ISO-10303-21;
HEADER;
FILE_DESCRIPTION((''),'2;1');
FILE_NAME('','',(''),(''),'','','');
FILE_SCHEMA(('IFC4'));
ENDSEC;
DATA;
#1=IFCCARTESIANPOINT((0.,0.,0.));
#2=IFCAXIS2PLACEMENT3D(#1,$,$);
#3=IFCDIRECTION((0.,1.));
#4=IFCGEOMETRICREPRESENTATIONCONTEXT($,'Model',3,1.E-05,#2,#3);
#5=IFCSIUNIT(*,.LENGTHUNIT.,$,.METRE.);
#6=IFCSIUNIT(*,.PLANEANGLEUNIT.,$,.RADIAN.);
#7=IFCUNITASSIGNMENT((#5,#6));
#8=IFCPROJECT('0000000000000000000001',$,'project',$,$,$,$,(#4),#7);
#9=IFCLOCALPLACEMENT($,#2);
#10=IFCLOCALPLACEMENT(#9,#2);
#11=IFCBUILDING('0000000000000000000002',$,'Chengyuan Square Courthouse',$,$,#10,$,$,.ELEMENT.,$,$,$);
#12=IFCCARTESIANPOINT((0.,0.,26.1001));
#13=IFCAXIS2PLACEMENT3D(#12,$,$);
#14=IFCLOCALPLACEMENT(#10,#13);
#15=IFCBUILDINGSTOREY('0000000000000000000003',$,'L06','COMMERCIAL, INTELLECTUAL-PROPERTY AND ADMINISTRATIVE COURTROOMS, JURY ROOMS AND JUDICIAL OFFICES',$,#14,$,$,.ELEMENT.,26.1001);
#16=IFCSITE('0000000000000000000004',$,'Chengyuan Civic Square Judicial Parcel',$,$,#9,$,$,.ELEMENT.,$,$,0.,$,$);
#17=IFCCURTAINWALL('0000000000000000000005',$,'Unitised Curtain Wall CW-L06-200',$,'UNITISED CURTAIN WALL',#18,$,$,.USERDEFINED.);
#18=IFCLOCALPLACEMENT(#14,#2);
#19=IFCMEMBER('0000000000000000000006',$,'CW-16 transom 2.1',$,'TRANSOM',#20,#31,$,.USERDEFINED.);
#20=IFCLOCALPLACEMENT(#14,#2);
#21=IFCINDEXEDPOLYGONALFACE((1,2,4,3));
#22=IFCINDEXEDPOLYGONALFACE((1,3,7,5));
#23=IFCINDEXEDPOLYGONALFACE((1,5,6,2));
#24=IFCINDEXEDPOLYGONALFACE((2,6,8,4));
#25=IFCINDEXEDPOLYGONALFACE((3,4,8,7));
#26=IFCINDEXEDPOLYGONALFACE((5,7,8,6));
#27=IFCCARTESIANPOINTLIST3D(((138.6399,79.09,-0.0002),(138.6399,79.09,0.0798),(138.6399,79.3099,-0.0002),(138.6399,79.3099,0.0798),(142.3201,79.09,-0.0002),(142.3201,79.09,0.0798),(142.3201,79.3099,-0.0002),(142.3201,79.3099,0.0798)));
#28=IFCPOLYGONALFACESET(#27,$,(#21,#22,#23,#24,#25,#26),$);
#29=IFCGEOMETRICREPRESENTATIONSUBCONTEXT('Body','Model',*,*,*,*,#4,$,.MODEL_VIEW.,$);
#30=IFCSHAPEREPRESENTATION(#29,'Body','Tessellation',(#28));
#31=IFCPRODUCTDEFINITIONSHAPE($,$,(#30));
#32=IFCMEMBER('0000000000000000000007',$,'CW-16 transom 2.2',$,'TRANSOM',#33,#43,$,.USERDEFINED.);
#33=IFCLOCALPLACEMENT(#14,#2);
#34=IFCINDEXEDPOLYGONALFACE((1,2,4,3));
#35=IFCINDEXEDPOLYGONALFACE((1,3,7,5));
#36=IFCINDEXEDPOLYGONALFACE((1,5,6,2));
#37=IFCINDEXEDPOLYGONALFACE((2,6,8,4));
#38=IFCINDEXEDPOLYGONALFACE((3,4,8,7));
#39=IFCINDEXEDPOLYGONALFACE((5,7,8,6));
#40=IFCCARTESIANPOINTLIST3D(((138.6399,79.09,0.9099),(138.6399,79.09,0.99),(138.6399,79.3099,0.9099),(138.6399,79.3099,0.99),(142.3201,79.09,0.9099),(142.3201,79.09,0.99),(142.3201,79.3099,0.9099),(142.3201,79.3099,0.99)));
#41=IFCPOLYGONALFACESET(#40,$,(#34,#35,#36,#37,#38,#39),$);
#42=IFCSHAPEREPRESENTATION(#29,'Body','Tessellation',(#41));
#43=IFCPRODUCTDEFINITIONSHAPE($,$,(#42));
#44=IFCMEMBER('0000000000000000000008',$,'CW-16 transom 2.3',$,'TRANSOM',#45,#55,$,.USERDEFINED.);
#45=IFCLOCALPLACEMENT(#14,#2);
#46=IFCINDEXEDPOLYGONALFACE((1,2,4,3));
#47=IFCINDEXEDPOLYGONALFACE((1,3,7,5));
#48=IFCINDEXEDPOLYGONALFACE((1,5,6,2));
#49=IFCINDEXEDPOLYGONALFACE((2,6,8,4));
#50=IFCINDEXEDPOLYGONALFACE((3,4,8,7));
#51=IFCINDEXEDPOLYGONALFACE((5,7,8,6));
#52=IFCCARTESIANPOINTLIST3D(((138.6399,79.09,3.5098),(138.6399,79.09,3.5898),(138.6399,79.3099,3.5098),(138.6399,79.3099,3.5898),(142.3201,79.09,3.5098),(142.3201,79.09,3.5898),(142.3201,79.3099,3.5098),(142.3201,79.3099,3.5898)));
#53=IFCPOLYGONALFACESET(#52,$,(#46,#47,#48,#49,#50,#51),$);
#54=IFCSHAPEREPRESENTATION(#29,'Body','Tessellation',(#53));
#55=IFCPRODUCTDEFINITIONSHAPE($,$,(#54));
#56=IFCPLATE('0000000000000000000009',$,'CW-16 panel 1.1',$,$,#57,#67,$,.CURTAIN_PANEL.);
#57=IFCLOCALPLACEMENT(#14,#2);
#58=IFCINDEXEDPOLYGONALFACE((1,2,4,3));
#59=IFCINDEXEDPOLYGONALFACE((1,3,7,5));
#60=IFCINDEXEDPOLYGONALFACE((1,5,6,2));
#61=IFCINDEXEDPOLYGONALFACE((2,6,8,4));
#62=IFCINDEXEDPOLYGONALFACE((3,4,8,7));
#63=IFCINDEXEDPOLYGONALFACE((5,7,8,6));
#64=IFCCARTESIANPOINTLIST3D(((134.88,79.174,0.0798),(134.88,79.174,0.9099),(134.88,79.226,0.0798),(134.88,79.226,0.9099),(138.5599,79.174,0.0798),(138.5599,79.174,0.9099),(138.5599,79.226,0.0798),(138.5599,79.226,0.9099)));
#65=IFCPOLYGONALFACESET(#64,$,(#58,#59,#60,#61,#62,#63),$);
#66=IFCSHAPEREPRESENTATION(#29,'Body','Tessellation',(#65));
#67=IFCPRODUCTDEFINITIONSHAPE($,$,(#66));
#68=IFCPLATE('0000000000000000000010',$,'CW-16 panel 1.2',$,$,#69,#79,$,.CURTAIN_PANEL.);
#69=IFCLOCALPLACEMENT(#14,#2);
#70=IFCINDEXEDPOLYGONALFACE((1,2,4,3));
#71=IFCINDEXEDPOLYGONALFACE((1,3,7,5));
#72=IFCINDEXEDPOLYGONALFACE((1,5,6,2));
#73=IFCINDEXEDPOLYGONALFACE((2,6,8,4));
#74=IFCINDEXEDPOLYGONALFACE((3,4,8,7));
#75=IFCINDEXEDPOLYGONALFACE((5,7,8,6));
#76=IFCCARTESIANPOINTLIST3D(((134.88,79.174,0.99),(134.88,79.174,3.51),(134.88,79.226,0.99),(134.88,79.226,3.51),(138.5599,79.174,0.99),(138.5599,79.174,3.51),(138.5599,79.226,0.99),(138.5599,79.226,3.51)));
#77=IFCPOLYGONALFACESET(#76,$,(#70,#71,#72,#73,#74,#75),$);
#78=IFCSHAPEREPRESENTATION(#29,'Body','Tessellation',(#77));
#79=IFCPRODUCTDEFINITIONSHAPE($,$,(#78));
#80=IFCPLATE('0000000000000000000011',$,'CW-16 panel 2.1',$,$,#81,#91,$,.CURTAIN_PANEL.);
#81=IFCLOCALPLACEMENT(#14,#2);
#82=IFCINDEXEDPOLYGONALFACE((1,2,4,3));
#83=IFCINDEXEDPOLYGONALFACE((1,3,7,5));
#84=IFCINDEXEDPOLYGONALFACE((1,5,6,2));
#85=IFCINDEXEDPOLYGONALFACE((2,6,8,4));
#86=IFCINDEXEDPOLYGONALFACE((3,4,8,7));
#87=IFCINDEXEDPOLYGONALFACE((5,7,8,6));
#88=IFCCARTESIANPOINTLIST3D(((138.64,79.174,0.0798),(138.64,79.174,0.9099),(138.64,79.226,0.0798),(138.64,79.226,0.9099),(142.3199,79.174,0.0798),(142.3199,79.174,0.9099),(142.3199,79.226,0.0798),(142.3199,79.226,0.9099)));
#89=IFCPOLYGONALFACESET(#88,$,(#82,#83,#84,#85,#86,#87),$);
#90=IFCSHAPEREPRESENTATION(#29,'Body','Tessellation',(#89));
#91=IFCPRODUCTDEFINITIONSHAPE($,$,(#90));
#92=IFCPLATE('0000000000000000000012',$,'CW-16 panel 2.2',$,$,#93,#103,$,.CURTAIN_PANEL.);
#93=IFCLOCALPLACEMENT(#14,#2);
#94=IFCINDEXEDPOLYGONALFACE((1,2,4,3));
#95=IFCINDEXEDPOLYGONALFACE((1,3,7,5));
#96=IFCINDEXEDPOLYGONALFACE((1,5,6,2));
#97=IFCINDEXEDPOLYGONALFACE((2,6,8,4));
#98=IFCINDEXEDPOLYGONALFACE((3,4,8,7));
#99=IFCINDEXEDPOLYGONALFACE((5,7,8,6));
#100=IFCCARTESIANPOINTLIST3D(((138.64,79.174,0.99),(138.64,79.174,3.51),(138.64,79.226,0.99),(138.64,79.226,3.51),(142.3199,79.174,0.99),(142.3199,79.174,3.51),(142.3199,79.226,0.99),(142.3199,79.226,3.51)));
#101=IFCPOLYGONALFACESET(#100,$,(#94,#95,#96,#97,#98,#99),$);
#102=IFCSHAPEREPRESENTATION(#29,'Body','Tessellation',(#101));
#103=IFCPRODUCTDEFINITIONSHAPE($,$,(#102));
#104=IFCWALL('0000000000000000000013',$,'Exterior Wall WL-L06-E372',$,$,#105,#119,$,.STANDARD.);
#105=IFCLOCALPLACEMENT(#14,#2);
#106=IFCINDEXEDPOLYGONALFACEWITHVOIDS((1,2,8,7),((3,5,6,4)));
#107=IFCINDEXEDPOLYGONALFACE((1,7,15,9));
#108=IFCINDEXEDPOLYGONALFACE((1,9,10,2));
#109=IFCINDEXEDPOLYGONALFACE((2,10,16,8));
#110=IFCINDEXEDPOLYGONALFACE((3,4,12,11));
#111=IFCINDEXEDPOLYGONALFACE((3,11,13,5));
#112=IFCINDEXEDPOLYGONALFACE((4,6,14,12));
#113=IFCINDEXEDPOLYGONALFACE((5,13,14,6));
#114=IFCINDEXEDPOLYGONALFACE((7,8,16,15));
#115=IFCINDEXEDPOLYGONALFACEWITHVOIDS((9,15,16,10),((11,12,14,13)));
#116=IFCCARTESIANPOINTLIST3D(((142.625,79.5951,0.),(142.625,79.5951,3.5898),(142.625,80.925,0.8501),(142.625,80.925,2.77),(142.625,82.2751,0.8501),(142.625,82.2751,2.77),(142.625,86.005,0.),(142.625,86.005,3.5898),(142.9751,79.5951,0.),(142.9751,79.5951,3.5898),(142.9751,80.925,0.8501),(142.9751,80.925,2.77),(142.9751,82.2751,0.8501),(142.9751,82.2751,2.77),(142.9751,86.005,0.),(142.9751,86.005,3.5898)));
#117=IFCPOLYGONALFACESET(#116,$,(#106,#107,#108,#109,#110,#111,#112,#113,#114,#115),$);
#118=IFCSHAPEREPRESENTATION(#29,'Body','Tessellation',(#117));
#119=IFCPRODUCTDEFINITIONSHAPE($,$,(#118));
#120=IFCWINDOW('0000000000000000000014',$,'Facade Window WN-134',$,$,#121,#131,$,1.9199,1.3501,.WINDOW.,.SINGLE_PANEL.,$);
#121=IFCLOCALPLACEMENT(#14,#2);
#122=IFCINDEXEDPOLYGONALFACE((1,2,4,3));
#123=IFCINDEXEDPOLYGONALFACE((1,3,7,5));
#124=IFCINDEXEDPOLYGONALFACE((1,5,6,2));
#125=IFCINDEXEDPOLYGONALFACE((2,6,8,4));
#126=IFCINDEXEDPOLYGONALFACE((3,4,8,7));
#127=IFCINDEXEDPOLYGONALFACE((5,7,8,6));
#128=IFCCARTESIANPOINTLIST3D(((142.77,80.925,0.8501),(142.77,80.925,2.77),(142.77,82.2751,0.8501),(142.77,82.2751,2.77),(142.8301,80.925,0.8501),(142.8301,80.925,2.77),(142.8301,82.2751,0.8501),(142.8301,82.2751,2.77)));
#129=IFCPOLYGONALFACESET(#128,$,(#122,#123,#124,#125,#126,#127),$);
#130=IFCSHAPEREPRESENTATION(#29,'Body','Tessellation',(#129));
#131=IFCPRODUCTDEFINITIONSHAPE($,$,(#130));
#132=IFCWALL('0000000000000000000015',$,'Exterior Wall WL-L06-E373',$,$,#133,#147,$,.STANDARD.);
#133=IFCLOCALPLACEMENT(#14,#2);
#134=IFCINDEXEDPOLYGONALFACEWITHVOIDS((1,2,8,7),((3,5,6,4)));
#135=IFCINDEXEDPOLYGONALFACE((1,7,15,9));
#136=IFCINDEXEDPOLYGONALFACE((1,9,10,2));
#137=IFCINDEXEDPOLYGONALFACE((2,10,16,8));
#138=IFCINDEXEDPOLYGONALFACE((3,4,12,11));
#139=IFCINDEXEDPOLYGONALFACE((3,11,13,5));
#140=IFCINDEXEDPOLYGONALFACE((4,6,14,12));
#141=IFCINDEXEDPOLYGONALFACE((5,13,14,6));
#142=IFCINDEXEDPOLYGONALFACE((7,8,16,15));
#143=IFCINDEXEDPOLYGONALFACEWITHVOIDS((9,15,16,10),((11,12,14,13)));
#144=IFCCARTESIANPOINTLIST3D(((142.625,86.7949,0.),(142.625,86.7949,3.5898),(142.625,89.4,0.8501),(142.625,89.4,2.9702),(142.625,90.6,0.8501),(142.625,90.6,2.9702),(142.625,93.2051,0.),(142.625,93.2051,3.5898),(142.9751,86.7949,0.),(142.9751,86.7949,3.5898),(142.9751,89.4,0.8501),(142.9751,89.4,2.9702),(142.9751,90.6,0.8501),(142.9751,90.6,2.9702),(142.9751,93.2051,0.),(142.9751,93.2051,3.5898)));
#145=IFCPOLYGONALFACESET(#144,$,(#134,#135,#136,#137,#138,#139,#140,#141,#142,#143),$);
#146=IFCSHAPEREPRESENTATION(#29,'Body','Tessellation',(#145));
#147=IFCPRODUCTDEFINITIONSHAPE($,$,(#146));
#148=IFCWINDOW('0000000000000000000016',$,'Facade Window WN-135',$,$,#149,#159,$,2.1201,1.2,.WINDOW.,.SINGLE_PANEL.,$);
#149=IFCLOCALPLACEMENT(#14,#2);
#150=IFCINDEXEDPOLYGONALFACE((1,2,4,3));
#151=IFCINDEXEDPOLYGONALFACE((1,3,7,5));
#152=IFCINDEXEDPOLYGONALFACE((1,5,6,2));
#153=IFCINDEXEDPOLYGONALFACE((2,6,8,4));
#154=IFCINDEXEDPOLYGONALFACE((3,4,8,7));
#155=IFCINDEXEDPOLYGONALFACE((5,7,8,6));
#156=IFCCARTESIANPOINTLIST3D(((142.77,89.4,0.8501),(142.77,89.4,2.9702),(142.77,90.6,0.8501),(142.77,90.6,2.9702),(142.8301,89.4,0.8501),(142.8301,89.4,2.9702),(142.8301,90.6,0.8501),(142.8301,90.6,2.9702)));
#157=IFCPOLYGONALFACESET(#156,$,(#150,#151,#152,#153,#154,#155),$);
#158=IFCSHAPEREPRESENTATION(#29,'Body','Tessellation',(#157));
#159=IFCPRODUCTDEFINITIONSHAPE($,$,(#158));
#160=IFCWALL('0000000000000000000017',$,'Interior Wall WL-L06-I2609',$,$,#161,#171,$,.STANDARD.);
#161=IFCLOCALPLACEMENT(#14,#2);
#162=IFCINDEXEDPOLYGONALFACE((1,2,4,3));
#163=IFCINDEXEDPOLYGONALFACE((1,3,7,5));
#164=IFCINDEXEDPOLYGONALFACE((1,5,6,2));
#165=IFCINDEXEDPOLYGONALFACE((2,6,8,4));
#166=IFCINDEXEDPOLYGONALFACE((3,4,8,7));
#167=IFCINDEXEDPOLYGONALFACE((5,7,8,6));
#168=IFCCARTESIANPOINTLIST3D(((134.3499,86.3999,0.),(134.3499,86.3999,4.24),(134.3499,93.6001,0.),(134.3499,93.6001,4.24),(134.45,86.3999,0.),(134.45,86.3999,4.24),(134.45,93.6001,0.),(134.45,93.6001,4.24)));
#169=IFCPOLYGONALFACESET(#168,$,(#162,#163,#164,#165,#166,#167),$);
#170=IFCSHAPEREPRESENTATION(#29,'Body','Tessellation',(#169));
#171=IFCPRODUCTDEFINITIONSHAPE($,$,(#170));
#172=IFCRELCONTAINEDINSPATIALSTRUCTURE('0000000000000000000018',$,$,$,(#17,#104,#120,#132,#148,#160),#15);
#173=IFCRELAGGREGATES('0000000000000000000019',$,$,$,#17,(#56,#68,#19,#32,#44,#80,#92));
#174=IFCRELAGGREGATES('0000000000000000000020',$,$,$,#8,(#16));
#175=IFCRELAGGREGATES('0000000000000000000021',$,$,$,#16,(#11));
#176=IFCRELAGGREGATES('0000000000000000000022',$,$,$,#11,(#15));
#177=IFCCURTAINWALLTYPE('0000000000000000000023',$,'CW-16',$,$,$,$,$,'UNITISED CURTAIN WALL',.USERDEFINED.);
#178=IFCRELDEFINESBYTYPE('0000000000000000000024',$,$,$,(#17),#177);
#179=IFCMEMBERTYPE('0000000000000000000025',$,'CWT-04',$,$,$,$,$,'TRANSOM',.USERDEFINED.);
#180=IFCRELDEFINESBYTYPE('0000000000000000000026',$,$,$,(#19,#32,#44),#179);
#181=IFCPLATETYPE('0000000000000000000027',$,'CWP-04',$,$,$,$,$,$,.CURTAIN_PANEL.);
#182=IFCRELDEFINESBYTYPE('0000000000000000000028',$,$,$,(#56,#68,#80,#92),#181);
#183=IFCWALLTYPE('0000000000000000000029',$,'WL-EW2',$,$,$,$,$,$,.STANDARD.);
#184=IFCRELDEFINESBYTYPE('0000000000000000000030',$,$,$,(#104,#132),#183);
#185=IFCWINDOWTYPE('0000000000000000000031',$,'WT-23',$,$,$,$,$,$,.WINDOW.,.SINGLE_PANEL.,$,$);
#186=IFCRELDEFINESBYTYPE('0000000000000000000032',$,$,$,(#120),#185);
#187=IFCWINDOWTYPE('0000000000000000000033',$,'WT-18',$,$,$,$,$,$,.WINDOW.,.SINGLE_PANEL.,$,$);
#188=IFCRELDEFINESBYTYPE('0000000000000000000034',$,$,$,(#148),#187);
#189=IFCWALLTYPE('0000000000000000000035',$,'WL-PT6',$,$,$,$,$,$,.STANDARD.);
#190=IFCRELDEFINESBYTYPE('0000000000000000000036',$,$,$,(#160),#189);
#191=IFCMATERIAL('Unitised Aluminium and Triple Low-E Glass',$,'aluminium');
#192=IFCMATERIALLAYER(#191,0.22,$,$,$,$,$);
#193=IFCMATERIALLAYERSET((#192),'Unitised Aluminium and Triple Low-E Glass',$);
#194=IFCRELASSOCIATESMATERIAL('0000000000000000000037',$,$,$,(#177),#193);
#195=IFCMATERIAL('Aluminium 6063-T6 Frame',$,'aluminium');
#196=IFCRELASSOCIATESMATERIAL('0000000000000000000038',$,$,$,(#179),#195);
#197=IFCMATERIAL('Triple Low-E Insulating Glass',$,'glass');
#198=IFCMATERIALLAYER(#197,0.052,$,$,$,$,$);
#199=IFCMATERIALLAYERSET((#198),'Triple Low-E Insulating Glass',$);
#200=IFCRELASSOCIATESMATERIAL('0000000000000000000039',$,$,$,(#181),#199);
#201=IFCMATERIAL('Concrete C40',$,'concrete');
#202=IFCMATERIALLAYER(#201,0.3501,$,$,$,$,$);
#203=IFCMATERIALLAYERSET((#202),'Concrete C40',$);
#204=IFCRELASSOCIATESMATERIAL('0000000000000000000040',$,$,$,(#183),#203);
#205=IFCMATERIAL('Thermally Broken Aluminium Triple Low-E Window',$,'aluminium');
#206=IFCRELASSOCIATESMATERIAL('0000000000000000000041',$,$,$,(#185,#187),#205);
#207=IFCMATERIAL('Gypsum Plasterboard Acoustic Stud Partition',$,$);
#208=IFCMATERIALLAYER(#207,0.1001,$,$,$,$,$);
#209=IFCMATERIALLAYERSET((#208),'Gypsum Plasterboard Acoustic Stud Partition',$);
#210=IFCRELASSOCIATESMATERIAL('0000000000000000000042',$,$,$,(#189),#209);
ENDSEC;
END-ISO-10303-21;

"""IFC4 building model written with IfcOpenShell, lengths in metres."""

from ifc_helpers import new_model, si_unit, direction, frame, frame_2d, origin, origin_2d, place, context, subcontext, project, spatial, rectangle, extrude, material, layer, layer_set, material_profile, profile_set, type_object, element, fill, aggregate, save


model = new_model("IFC4")

# Units and contexts
model_context = context("Model", 3, precision=1e-05, world=origin(), true_north=direction((0.0, 1.0)))
body_context = subcontext(model_context, "Body", "Model", "MODEL_VIEW")
ifc_project = project(units=[si_unit("LENGTHUNIT", "METRE"), si_unit("PLANEANGLEUNIT", "RADIAN")], contexts=[model_context])

# Site, building, storey
site_placement = place(None, origin())
site = spatial("IfcSite", under=ifc_project, at=site_placement, Name="Chengyuan Civic Square Judicial Parcel", CompositionType="ELEMENT", RefElevation=0.0)
building_placement = place(site_placement, origin())
building = spatial("IfcBuilding", under=site, at=building_placement, Name="Chengyuan Square Courthouse", CompositionType="ELEMENT")
storey_placement = place(building_placement, frame((0.0, 0.0, 26.1001)))
storey = spatial("IfcBuildingStorey", under=building, at=storey_placement, Name="L06", Description="COMMERCIAL, INTELLECTUAL-PROPERTY AND ADMINISTRATIVE COURTROOMS, JURY ROOMS AND JUDICIAL OFFICES", CompositionType="ELEMENT", Elevation=26.1001)

# Shared definitions
ifc_material_1 = material(Name="Concrete C40", Category="concrete")

# Curtain wall, members, plates
ifc_material_2 = material(Name="Unitised Aluminium and Triple Low-E Glass", Category="aluminium")
ifc_layer_1 = layer(ifc_material_2, 0.22)
ifc_layer_set_1 = layer_set([ifc_layer_1], Name="Unitised Aluminium and Triple Low-E Glass")
curtain_wall_type = type_object("IfcCurtainWallType", Name="CW-16", ElementType="UNITISED CURTAIN WALL", PredefinedType="USERDEFINED", material=ifc_layer_set_1)
curtain_wall_placement = place(storey_placement, origin())
curtain_wall = element("IfcCurtainWall", 1, at=curtain_wall_placement, inside=storey, type_object=curtain_wall_type, Name="Unitised Curtain Wall CW-L06-200", ObjectType="UNITISED CURTAIN WALL", PredefinedType="USERDEFINED")
ifc_material_3 = material(Name="Aluminium 6063-T6 Frame", Category="aluminium")
ifc_material_profile_1 = material_profile(ifc_material_3, rectangle(XDim=0.22, YDim=0.0801, at=origin_2d()), Name="CW-TRN-80x180")
ifc_profile_set_1 = profile_set([ifc_material_profile_1], Name="Aluminium 6063-T6 Frame")
member_type_1 = type_object("IfcMemberType", Name="CWT-04", ElementType="TRANSOM", PredefinedType="USERDEFINED", material=ifc_profile_set_1)
member_1_placement = place(storey_placement, frame((138.6399, 79.2, 0.0398), z_axis=(1.0, 0.0, 0.0), x_axis=(0.0, 1.0, 0.0)))
member_1 = element("IfcMember", 2, at=member_1_placement, type_object=member_type_1, Name="CW-16 transom 2.1", ObjectType="TRANSOM", PredefinedType="USERDEFINED", context=body_context, shape_type="SweptSolid", body=[
    extrude(rectangle(XDim=0.22, YDim=0.0801, at=origin_2d()), origin(), (0.0, 0.0, 1.0), 3.6802),
])
member_2_placement = place(storey_placement, frame((138.6399, 79.2, 0.95), z_axis=(1.0, 0.0, 0.0), x_axis=(0.0, 1.0, 0.0)))
member_2 = element("IfcMember", 3, at=member_2_placement, type_object=member_type_1, Name="CW-16 transom 2.2", ObjectType="TRANSOM", PredefinedType="USERDEFINED", context=body_context, shape_type="SweptSolid", body=[
    extrude(rectangle(XDim=0.22, YDim=0.0801, at=origin_2d()), origin(), (0.0, 0.0, 1.0), 3.6802),
])
member_3_placement = place(storey_placement, frame((138.6399, 79.2, 3.5498), z_axis=(1.0, 0.0, 0.0), x_axis=(0.0, 1.0, 0.0)))
member_3 = element("IfcMember", 4, at=member_3_placement, type_object=member_type_1, Name="CW-16 transom 2.3", ObjectType="TRANSOM", PredefinedType="USERDEFINED", context=body_context, shape_type="SweptSolid", body=[
    extrude(rectangle(XDim=0.22, YDim=0.0801, at=origin_2d()), origin(), (0.0, 0.0, 1.0), 3.6802),
])
ifc_material_4 = material(Name="Triple Low-E Insulating Glass", Category="glass")
ifc_layer_2 = layer(ifc_material_4, 0.052)
ifc_layer_set_2 = layer_set([ifc_layer_2], Name="Triple Low-E Insulating Glass")
plate_type = type_object("IfcPlateType", Name="CWP-04", PredefinedType="CURTAIN_PANEL", material=ifc_layer_set_2)
plate_1_placement = place(storey_placement, frame((136.72, 79.2, 0.0798), z_axis=(0.0, 0.0, 1.0), x_axis=(1.0, 0.0, 0.0)))
plate_1 = element("IfcPlate", 5, at=plate_1_placement, type_object=plate_type, Name="CW-16 panel 1.1", PredefinedType="CURTAIN_PANEL", context=body_context, shape_type="SweptSolid", body=[
    extrude(rectangle(XDim=3.6799, YDim=0.052, at=origin_2d()), origin(), (0.0, 0.0, 1.0), 0.8301),
])
plate_2_placement = place(storey_placement, frame((136.72, 79.2, 0.99), z_axis=(0.0, 0.0, 1.0), x_axis=(1.0, 0.0, 0.0)))
plate_2 = element("IfcPlate", 6, at=plate_2_placement, type_object=plate_type, Name="CW-16 panel 1.2", PredefinedType="CURTAIN_PANEL", context=body_context, shape_type="SweptSolid", body=[
    extrude(rectangle(XDim=3.6799, YDim=0.052, at=origin_2d()), origin(), (0.0, 0.0, 1.0), 2.52),
])
plate_3_placement = place(storey_placement, frame((140.48, 79.2, 0.0798), z_axis=(0.0, 0.0, 1.0), x_axis=(1.0, 0.0, 0.0)))
plate_3 = element("IfcPlate", 7, at=plate_3_placement, type_object=plate_type, Name="CW-16 panel 2.1", PredefinedType="CURTAIN_PANEL", context=body_context, shape_type="SweptSolid", body=[
    extrude(rectangle(XDim=3.6799, YDim=0.052, at=origin_2d()), origin(), (0.0, 0.0, 1.0), 0.8301),
])
plate_4_placement = place(storey_placement, frame((140.48, 79.2, 0.99), z_axis=(0.0, 0.0, 1.0), x_axis=(1.0, 0.0, 0.0)))
plate_4 = element("IfcPlate", 8, at=plate_4_placement, type_object=plate_type, Name="CW-16 panel 2.2", PredefinedType="CURTAIN_PANEL", context=body_context, shape_type="SweptSolid", body=[
    extrude(rectangle(XDim=3.6799, YDim=0.052, at=origin_2d()), origin(), (0.0, 0.0, 1.0), 2.52),
])
aggregate(curtain_wall, [plate_1, plate_2, member_1, member_2, member_3, plate_3, plate_4])

# Walls, openings, windows
ifc_layer_3 = layer(ifc_material_1, 0.3501)
ifc_layer_set_3 = layer_set([ifc_layer_3], Name="Concrete C40")
wall_type_1 = type_object("IfcWallType", Name="WL-EW2", PredefinedType="STANDARD", material=ifc_layer_set_3)
wall_1_placement = place(storey_placement, frame((142.8, 79.595, 0.0), z_axis=(0.0, 0.0, 1.0), x_axis=(0.0, 1.0, 0.0)))
wall_1 = element("IfcWall", 9, at=wall_1_placement, inside=storey, type_object=wall_type_1, Name="Exterior Wall WL-L06-E372", PredefinedType="STANDARD", context=body_context, shape_type="SweptSolid", body=[
    extrude(rectangle(XDim=6.4099, YDim=0.3501, at=frame_2d((3.2051, 0.0))), origin(), (0.0, 0.0, 1.0), 3.5898),
])
opening_1_placement = place(wall_1_placement, frame((1.3301, 0.0, 0.8501)))
opening_1 = element("IfcOpeningElement", 10, at=opening_1_placement, cuts=wall_1, PredefinedType="OPENING", context=body_context, shape_type="SweptSolid", body=[
    extrude(rectangle(XDim=1.3501, YDim=1.9199, at=frame_2d((0.675, 0.96))), frame((0.0, 0.187, 0.0), z_axis=(0.0, -1.0, 0.0), x_axis=(1.0, 0.0, 0.0)), (0.0, 0.0, 1.0), 0.374),
])
ifc_material_5 = material(Name="Thermally Broken Aluminium Triple Low-E Window", Category="aluminium")
window_type_1 = type_object("IfcWindowType", Name="WT-23", PartitioningType="SINGLE_PANEL", PredefinedType="WINDOW", material=ifc_material_5)
window_1_placement = place(opening_1_placement, origin())
window_1 = element("IfcWindow", 11, at=window_1_placement, inside=storey, type_object=window_type_1, Name="Facade Window WN-134", OverallHeight=1.9199, OverallWidth=1.3501, PartitioningType="SINGLE_PANEL", PredefinedType="WINDOW", context=body_context, shape_type="SweptSolid", body=[
    extrude(rectangle(XDim=1.3501, YDim=1.9199, at=frame_2d((0.675, 0.96))), frame((0.0, 0.03, 0.0), z_axis=(0.0, -1.0, 0.0), x_axis=(1.0, 0.0, 0.0)), (0.0, 0.0, 1.0), 0.0601),
])
fill(opening_1, window_1)
wall_2_placement = place(storey_placement, frame((142.8, 86.7949, 0.0), z_axis=(0.0, 0.0, 1.0), x_axis=(0.0, 1.0, 0.0)))
wall_2 = element("IfcWall", 12, at=wall_2_placement, inside=storey, type_object=wall_type_1, Name="Exterior Wall WL-L06-E373", PredefinedType="STANDARD", context=body_context, shape_type="SweptSolid", body=[
    extrude(rectangle(XDim=6.4102, YDim=0.3501, at=frame_2d((3.2051, 0.0))), origin(), (0.0, 0.0, 1.0), 3.5898),
])
opening_2_placement = place(wall_2_placement, frame((2.605, 0.0, 0.8501)))
opening_2 = element("IfcOpeningElement", 13, at=opening_2_placement, cuts=wall_2, PredefinedType="OPENING", context=body_context, shape_type="SweptSolid", body=[
    extrude(rectangle(XDim=1.2, YDim=2.1201, at=frame_2d((0.6001, 1.0601))), frame((0.0, 0.187, 0.0), z_axis=(0.0, -1.0, 0.0), x_axis=(1.0, 0.0, 0.0)), (0.0, 0.0, 1.0), 0.374),
])
window_type_2 = type_object("IfcWindowType", Name="WT-18", PartitioningType="SINGLE_PANEL", PredefinedType="WINDOW", material=ifc_material_5)
window_2_placement = place(opening_2_placement, origin())
window_2 = element("IfcWindow", 14, at=window_2_placement, inside=storey, type_object=window_type_2, Name="Facade Window WN-135", OverallHeight=2.1201, OverallWidth=1.2, PartitioningType="SINGLE_PANEL", PredefinedType="WINDOW", context=body_context, shape_type="SweptSolid", body=[
    extrude(rectangle(XDim=1.2, YDim=2.1201, at=frame_2d((0.6001, 1.0601))), frame((0.0, 0.03, 0.0), z_axis=(0.0, -1.0, 0.0), x_axis=(1.0, 0.0, 0.0)), (0.0, 0.0, 1.0), 0.0601),
])
fill(opening_2, window_2)

# Wall
ifc_material_6 = material(Name="Gypsum Plasterboard Acoustic Stud Partition")
ifc_layer_4 = layer(ifc_material_6, 0.1001)
ifc_layer_set_4 = layer_set([ifc_layer_4], Name="Gypsum Plasterboard Acoustic Stud Partition")
wall_type_2 = type_object("IfcWallType", Name="WL-PT6", PredefinedType="STANDARD", material=ifc_layer_set_4)
wall_3_placement = place(storey_placement, frame((134.3999, 86.3999, 0.0), z_axis=(0.0, 0.0, 1.0), x_axis=(0.0, 1.0, 0.0)))
element("IfcWall", 15, at=wall_3_placement, inside=storey, type_object=wall_type_2, Name="Interior Wall WL-L06-I2609", PredefinedType="STANDARD", context=body_context, shape_type="SweptSolid", body=[
    extrude(rectangle(XDim=7.2002, YDim=0.1001, at=frame_2d((3.6001, 0.0))), origin(), (0.0, 0.0, 1.0), 4.24),
])

save(model, "model.ifc")
